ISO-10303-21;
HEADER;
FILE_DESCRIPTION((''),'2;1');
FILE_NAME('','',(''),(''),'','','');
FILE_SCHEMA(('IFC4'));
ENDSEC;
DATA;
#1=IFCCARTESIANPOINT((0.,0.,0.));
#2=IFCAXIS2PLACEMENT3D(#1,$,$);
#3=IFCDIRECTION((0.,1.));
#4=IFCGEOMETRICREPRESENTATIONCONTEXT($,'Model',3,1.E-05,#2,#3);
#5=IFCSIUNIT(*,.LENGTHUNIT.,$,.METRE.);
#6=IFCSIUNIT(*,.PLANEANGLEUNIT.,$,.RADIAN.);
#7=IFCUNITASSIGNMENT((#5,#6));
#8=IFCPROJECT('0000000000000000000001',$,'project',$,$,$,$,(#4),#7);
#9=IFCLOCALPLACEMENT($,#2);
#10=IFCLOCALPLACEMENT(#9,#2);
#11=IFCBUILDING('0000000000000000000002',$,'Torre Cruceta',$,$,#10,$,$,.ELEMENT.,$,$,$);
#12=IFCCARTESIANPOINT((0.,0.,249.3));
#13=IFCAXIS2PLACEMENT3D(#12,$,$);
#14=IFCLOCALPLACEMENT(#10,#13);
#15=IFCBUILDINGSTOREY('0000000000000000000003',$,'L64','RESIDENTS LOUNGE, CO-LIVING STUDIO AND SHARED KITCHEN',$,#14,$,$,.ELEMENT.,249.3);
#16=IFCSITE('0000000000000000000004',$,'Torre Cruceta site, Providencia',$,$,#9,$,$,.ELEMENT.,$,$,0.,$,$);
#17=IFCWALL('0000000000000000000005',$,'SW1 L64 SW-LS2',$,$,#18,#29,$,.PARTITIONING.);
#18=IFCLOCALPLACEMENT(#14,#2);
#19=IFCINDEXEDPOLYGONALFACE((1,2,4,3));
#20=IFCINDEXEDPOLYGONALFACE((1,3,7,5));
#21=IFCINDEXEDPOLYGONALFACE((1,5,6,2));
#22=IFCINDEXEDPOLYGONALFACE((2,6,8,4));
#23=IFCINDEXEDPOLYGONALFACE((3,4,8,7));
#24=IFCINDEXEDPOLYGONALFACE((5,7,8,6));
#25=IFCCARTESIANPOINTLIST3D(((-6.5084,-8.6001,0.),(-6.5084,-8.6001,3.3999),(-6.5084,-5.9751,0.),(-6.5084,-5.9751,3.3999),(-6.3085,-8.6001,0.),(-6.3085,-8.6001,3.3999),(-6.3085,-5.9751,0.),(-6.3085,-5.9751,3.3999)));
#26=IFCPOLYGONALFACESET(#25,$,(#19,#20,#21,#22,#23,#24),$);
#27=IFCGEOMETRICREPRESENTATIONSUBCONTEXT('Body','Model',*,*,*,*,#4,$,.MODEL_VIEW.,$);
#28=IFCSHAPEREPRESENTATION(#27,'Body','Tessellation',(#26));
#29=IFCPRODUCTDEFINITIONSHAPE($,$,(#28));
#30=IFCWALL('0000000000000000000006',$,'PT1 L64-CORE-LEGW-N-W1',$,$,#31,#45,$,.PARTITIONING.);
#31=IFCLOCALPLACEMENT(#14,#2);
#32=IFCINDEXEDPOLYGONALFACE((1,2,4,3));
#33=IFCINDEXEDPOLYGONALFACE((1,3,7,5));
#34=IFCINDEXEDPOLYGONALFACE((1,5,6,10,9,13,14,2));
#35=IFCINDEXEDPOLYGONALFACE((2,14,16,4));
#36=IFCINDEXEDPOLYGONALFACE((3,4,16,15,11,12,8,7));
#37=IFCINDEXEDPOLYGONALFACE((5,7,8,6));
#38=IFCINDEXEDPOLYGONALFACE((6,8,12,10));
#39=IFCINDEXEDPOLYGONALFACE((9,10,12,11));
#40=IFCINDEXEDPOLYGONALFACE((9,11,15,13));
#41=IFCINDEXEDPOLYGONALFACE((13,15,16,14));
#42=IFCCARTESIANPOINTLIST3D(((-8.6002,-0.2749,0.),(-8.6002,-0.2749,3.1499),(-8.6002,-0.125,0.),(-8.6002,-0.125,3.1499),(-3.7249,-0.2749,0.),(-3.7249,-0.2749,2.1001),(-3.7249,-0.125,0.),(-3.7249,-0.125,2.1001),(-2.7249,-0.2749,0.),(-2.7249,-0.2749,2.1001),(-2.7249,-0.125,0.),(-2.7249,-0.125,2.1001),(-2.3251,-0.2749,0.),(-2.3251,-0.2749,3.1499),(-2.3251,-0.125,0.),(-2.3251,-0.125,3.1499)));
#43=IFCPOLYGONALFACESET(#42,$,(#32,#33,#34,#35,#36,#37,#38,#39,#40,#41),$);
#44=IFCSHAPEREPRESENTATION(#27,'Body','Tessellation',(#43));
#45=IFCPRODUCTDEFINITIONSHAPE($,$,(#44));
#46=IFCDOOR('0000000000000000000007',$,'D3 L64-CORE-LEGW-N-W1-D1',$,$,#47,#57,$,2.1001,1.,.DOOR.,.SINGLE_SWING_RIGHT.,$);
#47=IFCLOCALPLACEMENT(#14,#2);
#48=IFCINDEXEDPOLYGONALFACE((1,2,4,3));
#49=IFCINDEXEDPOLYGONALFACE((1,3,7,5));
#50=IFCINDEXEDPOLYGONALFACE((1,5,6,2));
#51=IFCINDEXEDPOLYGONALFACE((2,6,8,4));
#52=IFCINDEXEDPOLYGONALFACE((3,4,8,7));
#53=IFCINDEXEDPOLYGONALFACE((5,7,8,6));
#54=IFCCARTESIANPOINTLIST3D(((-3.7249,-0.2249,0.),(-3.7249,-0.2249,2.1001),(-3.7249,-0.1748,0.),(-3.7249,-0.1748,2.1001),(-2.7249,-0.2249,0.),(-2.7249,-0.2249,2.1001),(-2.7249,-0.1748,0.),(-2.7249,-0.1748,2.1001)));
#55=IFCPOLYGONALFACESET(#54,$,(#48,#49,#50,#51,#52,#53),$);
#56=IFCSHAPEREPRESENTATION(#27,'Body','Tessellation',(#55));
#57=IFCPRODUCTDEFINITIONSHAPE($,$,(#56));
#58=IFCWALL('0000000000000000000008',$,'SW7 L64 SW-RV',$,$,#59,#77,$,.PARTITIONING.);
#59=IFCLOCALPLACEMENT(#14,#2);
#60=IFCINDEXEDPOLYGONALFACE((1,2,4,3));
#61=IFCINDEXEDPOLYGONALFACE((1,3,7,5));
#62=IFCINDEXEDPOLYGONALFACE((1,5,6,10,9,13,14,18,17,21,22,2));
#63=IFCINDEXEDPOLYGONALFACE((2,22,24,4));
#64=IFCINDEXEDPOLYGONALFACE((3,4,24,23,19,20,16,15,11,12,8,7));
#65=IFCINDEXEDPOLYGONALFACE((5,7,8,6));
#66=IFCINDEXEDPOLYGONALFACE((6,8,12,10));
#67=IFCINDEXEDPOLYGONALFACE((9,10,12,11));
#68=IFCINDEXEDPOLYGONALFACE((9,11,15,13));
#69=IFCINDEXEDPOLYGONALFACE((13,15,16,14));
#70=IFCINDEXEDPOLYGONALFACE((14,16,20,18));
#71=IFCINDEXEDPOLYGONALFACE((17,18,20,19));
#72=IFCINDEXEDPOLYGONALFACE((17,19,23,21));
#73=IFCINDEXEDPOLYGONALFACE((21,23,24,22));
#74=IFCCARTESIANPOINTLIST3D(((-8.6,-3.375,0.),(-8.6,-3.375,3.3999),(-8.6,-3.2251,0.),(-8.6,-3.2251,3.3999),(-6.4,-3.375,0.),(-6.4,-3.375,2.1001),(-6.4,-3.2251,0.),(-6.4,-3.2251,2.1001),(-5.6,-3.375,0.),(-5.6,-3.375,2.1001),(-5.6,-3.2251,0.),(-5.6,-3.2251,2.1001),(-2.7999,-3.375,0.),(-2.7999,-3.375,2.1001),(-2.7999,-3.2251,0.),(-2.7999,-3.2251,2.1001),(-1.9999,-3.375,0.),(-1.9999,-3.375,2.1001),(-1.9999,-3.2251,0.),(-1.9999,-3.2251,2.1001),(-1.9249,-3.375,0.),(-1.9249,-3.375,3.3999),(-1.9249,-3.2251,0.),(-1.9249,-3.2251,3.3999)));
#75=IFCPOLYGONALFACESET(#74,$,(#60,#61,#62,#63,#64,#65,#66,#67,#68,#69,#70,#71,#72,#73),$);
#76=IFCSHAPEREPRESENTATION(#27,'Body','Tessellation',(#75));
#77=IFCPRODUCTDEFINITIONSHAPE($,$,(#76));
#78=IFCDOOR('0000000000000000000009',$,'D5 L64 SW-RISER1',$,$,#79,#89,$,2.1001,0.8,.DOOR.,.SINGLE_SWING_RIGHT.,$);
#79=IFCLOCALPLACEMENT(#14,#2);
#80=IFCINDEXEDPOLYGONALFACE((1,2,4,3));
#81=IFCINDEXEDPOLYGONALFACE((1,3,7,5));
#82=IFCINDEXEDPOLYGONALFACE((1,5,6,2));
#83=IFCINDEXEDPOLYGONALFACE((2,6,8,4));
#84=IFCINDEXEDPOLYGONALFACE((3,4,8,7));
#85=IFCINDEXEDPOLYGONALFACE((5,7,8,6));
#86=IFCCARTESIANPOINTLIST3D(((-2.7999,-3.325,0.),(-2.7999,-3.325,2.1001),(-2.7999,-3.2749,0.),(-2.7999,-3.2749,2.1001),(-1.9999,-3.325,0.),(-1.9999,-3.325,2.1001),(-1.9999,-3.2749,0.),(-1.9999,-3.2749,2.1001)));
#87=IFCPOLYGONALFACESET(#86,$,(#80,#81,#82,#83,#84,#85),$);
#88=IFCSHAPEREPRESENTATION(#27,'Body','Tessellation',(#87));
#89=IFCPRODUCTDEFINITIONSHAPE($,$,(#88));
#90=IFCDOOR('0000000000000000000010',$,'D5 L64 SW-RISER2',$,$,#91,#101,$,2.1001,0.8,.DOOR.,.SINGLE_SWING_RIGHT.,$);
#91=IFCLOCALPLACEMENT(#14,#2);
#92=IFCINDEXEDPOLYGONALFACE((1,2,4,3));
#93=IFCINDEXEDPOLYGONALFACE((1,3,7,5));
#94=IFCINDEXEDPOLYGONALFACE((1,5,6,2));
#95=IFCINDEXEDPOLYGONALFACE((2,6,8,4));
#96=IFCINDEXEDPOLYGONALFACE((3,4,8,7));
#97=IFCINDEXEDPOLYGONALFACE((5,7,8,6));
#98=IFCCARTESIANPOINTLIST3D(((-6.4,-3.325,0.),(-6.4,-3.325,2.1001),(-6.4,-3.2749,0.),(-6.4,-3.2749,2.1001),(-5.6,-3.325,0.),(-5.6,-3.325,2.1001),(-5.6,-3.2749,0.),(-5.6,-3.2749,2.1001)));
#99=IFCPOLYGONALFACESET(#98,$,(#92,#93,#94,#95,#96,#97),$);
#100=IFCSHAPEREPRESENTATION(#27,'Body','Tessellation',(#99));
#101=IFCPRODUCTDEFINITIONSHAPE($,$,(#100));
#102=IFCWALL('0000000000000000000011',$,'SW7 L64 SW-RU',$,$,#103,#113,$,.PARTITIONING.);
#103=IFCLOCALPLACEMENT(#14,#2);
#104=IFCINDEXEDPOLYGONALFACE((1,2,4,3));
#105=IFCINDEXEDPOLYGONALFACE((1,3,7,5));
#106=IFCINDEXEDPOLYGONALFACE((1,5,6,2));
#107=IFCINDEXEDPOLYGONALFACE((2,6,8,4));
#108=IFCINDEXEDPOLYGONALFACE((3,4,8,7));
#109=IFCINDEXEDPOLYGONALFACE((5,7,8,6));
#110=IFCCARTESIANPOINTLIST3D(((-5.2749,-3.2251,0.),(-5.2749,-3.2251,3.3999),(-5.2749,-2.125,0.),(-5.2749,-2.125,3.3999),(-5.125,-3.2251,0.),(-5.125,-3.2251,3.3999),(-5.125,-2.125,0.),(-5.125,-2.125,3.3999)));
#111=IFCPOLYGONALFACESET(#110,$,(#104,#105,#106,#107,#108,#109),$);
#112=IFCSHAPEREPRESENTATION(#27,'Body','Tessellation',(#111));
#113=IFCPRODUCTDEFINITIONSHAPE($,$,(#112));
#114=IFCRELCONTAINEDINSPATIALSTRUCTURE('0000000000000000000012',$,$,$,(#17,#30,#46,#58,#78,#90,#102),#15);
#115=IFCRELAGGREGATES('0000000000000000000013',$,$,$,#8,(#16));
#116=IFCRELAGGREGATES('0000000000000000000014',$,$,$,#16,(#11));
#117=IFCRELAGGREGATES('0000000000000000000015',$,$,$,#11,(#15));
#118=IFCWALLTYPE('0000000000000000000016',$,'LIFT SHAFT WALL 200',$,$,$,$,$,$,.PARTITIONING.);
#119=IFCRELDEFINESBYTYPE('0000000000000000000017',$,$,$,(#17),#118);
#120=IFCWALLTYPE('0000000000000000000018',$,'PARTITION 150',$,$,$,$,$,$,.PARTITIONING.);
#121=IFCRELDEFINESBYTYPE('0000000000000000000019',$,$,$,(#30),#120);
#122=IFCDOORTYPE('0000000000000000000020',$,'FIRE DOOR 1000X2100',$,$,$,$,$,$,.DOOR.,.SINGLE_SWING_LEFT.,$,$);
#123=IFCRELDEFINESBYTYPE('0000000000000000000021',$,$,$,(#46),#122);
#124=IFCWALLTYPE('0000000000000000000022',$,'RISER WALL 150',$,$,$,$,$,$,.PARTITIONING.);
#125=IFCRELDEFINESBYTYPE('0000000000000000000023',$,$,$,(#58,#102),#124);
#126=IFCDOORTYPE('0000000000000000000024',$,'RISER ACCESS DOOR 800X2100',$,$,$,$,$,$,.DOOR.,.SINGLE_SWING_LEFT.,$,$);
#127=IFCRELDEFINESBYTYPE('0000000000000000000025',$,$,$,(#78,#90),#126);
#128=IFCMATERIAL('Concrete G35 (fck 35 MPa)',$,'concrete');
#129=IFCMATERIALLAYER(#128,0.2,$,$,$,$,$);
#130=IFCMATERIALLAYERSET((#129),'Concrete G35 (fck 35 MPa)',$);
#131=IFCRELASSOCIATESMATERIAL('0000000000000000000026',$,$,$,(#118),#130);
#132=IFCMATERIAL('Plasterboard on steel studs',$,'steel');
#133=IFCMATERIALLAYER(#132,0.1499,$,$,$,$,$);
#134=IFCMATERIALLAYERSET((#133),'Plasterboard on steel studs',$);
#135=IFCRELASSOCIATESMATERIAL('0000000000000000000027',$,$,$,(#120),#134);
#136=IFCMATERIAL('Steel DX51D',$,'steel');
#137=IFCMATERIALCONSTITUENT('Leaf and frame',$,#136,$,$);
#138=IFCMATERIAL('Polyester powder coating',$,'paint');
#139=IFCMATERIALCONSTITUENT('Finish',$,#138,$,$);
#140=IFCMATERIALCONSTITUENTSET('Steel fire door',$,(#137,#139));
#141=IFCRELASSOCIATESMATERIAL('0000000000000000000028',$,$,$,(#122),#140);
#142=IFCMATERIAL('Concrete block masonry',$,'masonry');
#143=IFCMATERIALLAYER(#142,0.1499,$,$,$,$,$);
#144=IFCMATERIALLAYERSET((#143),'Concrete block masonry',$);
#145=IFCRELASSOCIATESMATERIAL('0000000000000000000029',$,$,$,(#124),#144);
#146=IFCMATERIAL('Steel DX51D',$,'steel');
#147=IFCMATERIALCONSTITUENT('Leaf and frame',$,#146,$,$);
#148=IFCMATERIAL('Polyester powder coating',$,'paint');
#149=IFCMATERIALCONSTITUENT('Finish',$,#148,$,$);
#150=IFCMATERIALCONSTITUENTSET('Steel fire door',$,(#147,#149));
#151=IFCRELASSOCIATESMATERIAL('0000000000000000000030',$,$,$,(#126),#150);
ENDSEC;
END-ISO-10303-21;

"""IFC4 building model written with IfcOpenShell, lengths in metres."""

from ifc_helpers import new_model, si_unit, direction, frame, frame_2d, origin, place, context, subcontext, project, spatial, rectangle, extrude, material, layer, layer_set, constituent, constituent_set, type_object, element, fill, save


model = new_model("IFC4")

# Units and contexts
model_context = context("Model", 3, precision=1e-05, world=origin(), true_north=direction((0.0, 1.0)))
body_context = subcontext(model_context, "Body", "Model", "MODEL_VIEW")
ifc_project = project(units=[si_unit("LENGTHUNIT", "METRE"), si_unit("PLANEANGLEUNIT", "RADIAN")], contexts=[model_context])

# Site, building, storey
site_placement = place(None, origin())
site = spatial("IfcSite", under=ifc_project, at=site_placement, Name="Torre Cruceta site, Providencia", CompositionType="ELEMENT", RefElevation=0.0)
building_placement = place(site_placement, origin())
building = spatial("IfcBuilding", under=site, at=building_placement, Name="Torre Cruceta", CompositionType="ELEMENT")
storey_placement = place(building_placement, frame((0.0, 0.0, 249.3)))
storey = spatial("IfcBuildingStorey", under=building, at=storey_placement, Name="L64", Description="RESIDENTS LOUNGE, CO-LIVING STUDIO AND SHARED KITCHEN", CompositionType="ELEMENT", Elevation=249.3)

# Wall
ifc_material_1 = material(Name="Concrete G35 (fck 35 MPa)", Category="concrete")
ifc_layer_1 = layer(ifc_material_1, 0.2)
ifc_layer_set_1 = layer_set([ifc_layer_1], Name="Concrete G35 (fck 35 MPa)")
wall_type_1 = type_object("IfcWallType", Name="LIFT SHAFT WALL 200", PredefinedType="PARTITIONING", material=ifc_layer_set_1)
for number, where, z_axis, x_axis, name in (
    (1, (-6.4084, -5.9751, 0.0), (0.0, 0.0, 1.0), (0.0, -1.0, 0.0), "SW1 L64 SW-LS2"),
):
    element("IfcWall", number, at=place(storey_placement, frame(where, z_axis=z_axis, x_axis=x_axis)), inside=storey, type_object=wall_type_1, Name=name, PredefinedType="PARTITIONING", context=body_context, shape_type="SweptSolid", body=[
        extrude(rectangle(XDim=2.625, YDim=0.2, at=frame_2d((1.3125, 0.0))), origin(), (0.0, 0.0, 1.0), 3.3999),
    ])

# Wall, opening, door
ifc_material_2 = material(Name="Plasterboard on steel studs", Category="steel")
ifc_layer_2 = layer(ifc_material_2, 0.1499)
ifc_layer_set_2 = layer_set([ifc_layer_2], Name="Plasterboard on steel studs")
wall_type_2 = type_object("IfcWallType", Name="PARTITION 150", PredefinedType="PARTITIONING", material=ifc_layer_set_2)
wall_1_placement = place(storey_placement, frame((-2.325, -0.2, 0.0), z_axis=(0.0, 0.0, 1.0), x_axis=(-1.0, 0.0, 0.0)))
wall_1 = element("IfcWall", 2, at=wall_1_placement, inside=storey, type_object=wall_type_2, Name="PT1 L64-CORE-LEGW-N-W1", PredefinedType="PARTITIONING", context=body_context, shape_type="SweptSolid", body=[
    extrude(rectangle(XDim=6.2751, YDim=0.1499, at=frame_2d((3.1377, 0.0))), origin(), (0.0, 0.0, 1.0), 3.1499),
])
opening_1_placement = place(wall_1_placement, frame((0.3999, 0.0, 0.0)))
opening_1 = element("IfcOpeningElement", 3, at=opening_1_placement, cuts=wall_1, PredefinedType="OPENING", context=body_context, shape_type="SweptSolid", body=[
    extrude(rectangle(XDim=1.0, YDim=2.1001, at=frame_2d((0.5, 1.05))), frame((0.0, 0.085, 0.0), z_axis=(0.0, -1.0, 0.0), x_axis=(1.0, 0.0, 0.0)), (0.0, 0.0, 1.0), 0.1699),
])
ifc_material_3 = material(Name="Steel DX51D", Category="steel")
ifc_constituent_1 = constituent(ifc_material_3, Name="Leaf and frame")
ifc_material_4 = material(Name="Polyester powder coating", Category="paint")
ifc_constituent_2 = constituent(ifc_material_4, Name="Finish")
ifc_constituent_set_1 = constituent_set(constituents=[ifc_constituent_1, ifc_constituent_2], Name="Steel fire door")
door_type_1 = type_object("IfcDoorType", Name="FIRE DOOR 1000X2100", OperationType="SINGLE_SWING_LEFT", PredefinedType="DOOR", material=ifc_constituent_set_1)
door_1_placement = place(opening_1_placement, frame((1.0, 0.0, 0.0), z_axis=(0.0, 0.0, 1.0), x_axis=(-1.0, 0.0, 0.0)))
door_1 = element("IfcDoor", 4, at=door_1_placement, inside=storey, type_object=door_type_1, Name="D3 L64-CORE-LEGW-N-W1-D1", OperationType="SINGLE_SWING_RIGHT", OverallHeight=2.1001, OverallWidth=1.0, PredefinedType="DOOR", context=body_context, shape_type="SweptSolid", body=[
    extrude(rectangle(XDim=1.0, YDim=2.1001, at=frame_2d((0.5, 1.05))), frame((0.0, 0.0251, 0.0), z_axis=(0.0, -1.0, 0.0), x_axis=(1.0, 0.0, 0.0)), (0.0, 0.0, 1.0), 0.05),
])
fill(opening_1, door_1)

# Wall, openings, doors
ifc_material_5 = material(Name="Concrete block masonry", Category="masonry")
ifc_layer_3 = layer(ifc_material_5, 0.1499)
ifc_layer_set_3 = layer_set([ifc_layer_3], Name="Concrete block masonry")
wall_type_3 = type_object("IfcWallType", Name="RISER WALL 150", PredefinedType="PARTITIONING", material=ifc_layer_set_3)
wall_2_placement = place(storey_placement, frame((-1.925, -3.3, 0.0), z_axis=(0.0, 0.0, 1.0), x_axis=(-1.0, 0.0, 0.0)))
wall_2 = element("IfcWall", 5, at=wall_2_placement, inside=storey, type_object=wall_type_3, Name="SW7 L64 SW-RV", PredefinedType="PARTITIONING", context=body_context, shape_type="SweptSolid", body=[
    extrude(rectangle(XDim=6.675, YDim=0.1499, at=frame_2d((3.3374, 0.0))), origin(), (0.0, 0.0, 1.0), 3.3999),
])
opening_2_placement = place(wall_2_placement, frame((0.075, 0.0, 0.0)))
opening_2 = element("IfcOpeningElement", 6, at=opening_2_placement, cuts=wall_2, PredefinedType="OPENING", context=body_context, shape_type="SweptSolid", body=[
    extrude(rectangle(XDim=0.8, YDim=2.1001, at=frame_2d((0.3999, 1.05))), frame((0.0, 0.085, 0.0), z_axis=(0.0, -1.0, 0.0), x_axis=(1.0, 0.0, 0.0)), (0.0, 0.0, 1.0), 0.1699),
])
opening_3_placement = place(wall_2_placement, frame((3.675, 0.0, 0.0)))
opening_3 = element("IfcOpeningElement", 7, at=opening_3_placement, cuts=wall_2, PredefinedType="OPENING", context=body_context, shape_type="SweptSolid", body=[
    extrude(rectangle(XDim=0.8, YDim=2.1001, at=frame_2d((0.3999, 1.05))), frame((0.0, 0.085, 0.0), z_axis=(0.0, -1.0, 0.0), x_axis=(1.0, 0.0, 0.0)), (0.0, 0.0, 1.0), 0.1699),
])
ifc_material_6 = material(Name="Steel DX51D", Category="steel")
ifc_constituent_3 = constituent(ifc_material_6, Name="Leaf and frame")
ifc_material_7 = material(Name="Polyester powder coating", Category="paint")
ifc_constituent_4 = constituent(ifc_material_7, Name="Finish")
ifc_constituent_set_2 = constituent_set(constituents=[ifc_constituent_3, ifc_constituent_4], Name="Steel fire door")
door_type_2 = type_object("IfcDoorType", Name="RISER ACCESS DOOR 800X2100", OperationType="SINGLE_SWING_LEFT", PredefinedType="DOOR", material=ifc_constituent_set_2)
door_2_placement = place(opening_2_placement, frame((0.8, 0.0, 0.0), z_axis=(0.0, 0.0, 1.0), x_axis=(-1.0, 0.0, 0.0)))
door_2 = element("IfcDoor", 8, at=door_2_placement, inside=storey, type_object=door_type_2, Name="D5 L64 SW-RISER1", OperationType="SINGLE_SWING_RIGHT", OverallHeight=2.1001, OverallWidth=0.8, PredefinedType="DOOR", context=body_context, shape_type="SweptSolid", body=[
    extrude(rectangle(XDim=0.8, YDim=2.1001, at=frame_2d((0.4001, 1.05))), frame((0.0, 0.0251, 0.0), z_axis=(0.0, -1.0, 0.0), x_axis=(1.0, 0.0, 0.0)), (0.0, 0.0, 1.0), 0.05),
])
fill(opening_2, door_2)
door_3_placement = place(opening_3_placement, frame((0.8, 0.0, 0.0), z_axis=(0.0, 0.0, 1.0), x_axis=(-1.0, 0.0, 0.0)))
door_3 = element("IfcDoor", 9, at=door_3_placement, inside=storey, type_object=door_type_2, Name="D5 L64 SW-RISER2", OperationType="SINGLE_SWING_RIGHT", OverallHeight=2.1001, OverallWidth=0.8, PredefinedType="DOOR", context=body_context, shape_type="SweptSolid", body=[
    extrude(rectangle(XDim=0.8, YDim=2.1001, at=frame_2d((0.4001, 1.05))), frame((0.0, 0.0251, 0.0), z_axis=(0.0, -1.0, 0.0), x_axis=(1.0, 0.0, 0.0)), (0.0, 0.0, 1.0), 0.05),
])
fill(opening_3, door_3)

# Wall
wall_3_placement = place(storey_placement, frame((-5.2, -2.125, 0.0), z_axis=(0.0, 0.0, 1.0), x_axis=(0.0, -1.0, 0.0)))
element("IfcWall", 10, at=wall_3_placement, inside=storey, type_object=wall_type_3, Name="SW7 L64 SW-RU", PredefinedType="PARTITIONING", context=body_context, shape_type="SweptSolid", body=[
    extrude(rectangle(XDim=1.1001, YDim=0.1499, at=frame_2d((0.55, 0.0))), origin(), (0.0, 0.0, 1.0), 3.3999),
])

save(model, "model.ifc")
